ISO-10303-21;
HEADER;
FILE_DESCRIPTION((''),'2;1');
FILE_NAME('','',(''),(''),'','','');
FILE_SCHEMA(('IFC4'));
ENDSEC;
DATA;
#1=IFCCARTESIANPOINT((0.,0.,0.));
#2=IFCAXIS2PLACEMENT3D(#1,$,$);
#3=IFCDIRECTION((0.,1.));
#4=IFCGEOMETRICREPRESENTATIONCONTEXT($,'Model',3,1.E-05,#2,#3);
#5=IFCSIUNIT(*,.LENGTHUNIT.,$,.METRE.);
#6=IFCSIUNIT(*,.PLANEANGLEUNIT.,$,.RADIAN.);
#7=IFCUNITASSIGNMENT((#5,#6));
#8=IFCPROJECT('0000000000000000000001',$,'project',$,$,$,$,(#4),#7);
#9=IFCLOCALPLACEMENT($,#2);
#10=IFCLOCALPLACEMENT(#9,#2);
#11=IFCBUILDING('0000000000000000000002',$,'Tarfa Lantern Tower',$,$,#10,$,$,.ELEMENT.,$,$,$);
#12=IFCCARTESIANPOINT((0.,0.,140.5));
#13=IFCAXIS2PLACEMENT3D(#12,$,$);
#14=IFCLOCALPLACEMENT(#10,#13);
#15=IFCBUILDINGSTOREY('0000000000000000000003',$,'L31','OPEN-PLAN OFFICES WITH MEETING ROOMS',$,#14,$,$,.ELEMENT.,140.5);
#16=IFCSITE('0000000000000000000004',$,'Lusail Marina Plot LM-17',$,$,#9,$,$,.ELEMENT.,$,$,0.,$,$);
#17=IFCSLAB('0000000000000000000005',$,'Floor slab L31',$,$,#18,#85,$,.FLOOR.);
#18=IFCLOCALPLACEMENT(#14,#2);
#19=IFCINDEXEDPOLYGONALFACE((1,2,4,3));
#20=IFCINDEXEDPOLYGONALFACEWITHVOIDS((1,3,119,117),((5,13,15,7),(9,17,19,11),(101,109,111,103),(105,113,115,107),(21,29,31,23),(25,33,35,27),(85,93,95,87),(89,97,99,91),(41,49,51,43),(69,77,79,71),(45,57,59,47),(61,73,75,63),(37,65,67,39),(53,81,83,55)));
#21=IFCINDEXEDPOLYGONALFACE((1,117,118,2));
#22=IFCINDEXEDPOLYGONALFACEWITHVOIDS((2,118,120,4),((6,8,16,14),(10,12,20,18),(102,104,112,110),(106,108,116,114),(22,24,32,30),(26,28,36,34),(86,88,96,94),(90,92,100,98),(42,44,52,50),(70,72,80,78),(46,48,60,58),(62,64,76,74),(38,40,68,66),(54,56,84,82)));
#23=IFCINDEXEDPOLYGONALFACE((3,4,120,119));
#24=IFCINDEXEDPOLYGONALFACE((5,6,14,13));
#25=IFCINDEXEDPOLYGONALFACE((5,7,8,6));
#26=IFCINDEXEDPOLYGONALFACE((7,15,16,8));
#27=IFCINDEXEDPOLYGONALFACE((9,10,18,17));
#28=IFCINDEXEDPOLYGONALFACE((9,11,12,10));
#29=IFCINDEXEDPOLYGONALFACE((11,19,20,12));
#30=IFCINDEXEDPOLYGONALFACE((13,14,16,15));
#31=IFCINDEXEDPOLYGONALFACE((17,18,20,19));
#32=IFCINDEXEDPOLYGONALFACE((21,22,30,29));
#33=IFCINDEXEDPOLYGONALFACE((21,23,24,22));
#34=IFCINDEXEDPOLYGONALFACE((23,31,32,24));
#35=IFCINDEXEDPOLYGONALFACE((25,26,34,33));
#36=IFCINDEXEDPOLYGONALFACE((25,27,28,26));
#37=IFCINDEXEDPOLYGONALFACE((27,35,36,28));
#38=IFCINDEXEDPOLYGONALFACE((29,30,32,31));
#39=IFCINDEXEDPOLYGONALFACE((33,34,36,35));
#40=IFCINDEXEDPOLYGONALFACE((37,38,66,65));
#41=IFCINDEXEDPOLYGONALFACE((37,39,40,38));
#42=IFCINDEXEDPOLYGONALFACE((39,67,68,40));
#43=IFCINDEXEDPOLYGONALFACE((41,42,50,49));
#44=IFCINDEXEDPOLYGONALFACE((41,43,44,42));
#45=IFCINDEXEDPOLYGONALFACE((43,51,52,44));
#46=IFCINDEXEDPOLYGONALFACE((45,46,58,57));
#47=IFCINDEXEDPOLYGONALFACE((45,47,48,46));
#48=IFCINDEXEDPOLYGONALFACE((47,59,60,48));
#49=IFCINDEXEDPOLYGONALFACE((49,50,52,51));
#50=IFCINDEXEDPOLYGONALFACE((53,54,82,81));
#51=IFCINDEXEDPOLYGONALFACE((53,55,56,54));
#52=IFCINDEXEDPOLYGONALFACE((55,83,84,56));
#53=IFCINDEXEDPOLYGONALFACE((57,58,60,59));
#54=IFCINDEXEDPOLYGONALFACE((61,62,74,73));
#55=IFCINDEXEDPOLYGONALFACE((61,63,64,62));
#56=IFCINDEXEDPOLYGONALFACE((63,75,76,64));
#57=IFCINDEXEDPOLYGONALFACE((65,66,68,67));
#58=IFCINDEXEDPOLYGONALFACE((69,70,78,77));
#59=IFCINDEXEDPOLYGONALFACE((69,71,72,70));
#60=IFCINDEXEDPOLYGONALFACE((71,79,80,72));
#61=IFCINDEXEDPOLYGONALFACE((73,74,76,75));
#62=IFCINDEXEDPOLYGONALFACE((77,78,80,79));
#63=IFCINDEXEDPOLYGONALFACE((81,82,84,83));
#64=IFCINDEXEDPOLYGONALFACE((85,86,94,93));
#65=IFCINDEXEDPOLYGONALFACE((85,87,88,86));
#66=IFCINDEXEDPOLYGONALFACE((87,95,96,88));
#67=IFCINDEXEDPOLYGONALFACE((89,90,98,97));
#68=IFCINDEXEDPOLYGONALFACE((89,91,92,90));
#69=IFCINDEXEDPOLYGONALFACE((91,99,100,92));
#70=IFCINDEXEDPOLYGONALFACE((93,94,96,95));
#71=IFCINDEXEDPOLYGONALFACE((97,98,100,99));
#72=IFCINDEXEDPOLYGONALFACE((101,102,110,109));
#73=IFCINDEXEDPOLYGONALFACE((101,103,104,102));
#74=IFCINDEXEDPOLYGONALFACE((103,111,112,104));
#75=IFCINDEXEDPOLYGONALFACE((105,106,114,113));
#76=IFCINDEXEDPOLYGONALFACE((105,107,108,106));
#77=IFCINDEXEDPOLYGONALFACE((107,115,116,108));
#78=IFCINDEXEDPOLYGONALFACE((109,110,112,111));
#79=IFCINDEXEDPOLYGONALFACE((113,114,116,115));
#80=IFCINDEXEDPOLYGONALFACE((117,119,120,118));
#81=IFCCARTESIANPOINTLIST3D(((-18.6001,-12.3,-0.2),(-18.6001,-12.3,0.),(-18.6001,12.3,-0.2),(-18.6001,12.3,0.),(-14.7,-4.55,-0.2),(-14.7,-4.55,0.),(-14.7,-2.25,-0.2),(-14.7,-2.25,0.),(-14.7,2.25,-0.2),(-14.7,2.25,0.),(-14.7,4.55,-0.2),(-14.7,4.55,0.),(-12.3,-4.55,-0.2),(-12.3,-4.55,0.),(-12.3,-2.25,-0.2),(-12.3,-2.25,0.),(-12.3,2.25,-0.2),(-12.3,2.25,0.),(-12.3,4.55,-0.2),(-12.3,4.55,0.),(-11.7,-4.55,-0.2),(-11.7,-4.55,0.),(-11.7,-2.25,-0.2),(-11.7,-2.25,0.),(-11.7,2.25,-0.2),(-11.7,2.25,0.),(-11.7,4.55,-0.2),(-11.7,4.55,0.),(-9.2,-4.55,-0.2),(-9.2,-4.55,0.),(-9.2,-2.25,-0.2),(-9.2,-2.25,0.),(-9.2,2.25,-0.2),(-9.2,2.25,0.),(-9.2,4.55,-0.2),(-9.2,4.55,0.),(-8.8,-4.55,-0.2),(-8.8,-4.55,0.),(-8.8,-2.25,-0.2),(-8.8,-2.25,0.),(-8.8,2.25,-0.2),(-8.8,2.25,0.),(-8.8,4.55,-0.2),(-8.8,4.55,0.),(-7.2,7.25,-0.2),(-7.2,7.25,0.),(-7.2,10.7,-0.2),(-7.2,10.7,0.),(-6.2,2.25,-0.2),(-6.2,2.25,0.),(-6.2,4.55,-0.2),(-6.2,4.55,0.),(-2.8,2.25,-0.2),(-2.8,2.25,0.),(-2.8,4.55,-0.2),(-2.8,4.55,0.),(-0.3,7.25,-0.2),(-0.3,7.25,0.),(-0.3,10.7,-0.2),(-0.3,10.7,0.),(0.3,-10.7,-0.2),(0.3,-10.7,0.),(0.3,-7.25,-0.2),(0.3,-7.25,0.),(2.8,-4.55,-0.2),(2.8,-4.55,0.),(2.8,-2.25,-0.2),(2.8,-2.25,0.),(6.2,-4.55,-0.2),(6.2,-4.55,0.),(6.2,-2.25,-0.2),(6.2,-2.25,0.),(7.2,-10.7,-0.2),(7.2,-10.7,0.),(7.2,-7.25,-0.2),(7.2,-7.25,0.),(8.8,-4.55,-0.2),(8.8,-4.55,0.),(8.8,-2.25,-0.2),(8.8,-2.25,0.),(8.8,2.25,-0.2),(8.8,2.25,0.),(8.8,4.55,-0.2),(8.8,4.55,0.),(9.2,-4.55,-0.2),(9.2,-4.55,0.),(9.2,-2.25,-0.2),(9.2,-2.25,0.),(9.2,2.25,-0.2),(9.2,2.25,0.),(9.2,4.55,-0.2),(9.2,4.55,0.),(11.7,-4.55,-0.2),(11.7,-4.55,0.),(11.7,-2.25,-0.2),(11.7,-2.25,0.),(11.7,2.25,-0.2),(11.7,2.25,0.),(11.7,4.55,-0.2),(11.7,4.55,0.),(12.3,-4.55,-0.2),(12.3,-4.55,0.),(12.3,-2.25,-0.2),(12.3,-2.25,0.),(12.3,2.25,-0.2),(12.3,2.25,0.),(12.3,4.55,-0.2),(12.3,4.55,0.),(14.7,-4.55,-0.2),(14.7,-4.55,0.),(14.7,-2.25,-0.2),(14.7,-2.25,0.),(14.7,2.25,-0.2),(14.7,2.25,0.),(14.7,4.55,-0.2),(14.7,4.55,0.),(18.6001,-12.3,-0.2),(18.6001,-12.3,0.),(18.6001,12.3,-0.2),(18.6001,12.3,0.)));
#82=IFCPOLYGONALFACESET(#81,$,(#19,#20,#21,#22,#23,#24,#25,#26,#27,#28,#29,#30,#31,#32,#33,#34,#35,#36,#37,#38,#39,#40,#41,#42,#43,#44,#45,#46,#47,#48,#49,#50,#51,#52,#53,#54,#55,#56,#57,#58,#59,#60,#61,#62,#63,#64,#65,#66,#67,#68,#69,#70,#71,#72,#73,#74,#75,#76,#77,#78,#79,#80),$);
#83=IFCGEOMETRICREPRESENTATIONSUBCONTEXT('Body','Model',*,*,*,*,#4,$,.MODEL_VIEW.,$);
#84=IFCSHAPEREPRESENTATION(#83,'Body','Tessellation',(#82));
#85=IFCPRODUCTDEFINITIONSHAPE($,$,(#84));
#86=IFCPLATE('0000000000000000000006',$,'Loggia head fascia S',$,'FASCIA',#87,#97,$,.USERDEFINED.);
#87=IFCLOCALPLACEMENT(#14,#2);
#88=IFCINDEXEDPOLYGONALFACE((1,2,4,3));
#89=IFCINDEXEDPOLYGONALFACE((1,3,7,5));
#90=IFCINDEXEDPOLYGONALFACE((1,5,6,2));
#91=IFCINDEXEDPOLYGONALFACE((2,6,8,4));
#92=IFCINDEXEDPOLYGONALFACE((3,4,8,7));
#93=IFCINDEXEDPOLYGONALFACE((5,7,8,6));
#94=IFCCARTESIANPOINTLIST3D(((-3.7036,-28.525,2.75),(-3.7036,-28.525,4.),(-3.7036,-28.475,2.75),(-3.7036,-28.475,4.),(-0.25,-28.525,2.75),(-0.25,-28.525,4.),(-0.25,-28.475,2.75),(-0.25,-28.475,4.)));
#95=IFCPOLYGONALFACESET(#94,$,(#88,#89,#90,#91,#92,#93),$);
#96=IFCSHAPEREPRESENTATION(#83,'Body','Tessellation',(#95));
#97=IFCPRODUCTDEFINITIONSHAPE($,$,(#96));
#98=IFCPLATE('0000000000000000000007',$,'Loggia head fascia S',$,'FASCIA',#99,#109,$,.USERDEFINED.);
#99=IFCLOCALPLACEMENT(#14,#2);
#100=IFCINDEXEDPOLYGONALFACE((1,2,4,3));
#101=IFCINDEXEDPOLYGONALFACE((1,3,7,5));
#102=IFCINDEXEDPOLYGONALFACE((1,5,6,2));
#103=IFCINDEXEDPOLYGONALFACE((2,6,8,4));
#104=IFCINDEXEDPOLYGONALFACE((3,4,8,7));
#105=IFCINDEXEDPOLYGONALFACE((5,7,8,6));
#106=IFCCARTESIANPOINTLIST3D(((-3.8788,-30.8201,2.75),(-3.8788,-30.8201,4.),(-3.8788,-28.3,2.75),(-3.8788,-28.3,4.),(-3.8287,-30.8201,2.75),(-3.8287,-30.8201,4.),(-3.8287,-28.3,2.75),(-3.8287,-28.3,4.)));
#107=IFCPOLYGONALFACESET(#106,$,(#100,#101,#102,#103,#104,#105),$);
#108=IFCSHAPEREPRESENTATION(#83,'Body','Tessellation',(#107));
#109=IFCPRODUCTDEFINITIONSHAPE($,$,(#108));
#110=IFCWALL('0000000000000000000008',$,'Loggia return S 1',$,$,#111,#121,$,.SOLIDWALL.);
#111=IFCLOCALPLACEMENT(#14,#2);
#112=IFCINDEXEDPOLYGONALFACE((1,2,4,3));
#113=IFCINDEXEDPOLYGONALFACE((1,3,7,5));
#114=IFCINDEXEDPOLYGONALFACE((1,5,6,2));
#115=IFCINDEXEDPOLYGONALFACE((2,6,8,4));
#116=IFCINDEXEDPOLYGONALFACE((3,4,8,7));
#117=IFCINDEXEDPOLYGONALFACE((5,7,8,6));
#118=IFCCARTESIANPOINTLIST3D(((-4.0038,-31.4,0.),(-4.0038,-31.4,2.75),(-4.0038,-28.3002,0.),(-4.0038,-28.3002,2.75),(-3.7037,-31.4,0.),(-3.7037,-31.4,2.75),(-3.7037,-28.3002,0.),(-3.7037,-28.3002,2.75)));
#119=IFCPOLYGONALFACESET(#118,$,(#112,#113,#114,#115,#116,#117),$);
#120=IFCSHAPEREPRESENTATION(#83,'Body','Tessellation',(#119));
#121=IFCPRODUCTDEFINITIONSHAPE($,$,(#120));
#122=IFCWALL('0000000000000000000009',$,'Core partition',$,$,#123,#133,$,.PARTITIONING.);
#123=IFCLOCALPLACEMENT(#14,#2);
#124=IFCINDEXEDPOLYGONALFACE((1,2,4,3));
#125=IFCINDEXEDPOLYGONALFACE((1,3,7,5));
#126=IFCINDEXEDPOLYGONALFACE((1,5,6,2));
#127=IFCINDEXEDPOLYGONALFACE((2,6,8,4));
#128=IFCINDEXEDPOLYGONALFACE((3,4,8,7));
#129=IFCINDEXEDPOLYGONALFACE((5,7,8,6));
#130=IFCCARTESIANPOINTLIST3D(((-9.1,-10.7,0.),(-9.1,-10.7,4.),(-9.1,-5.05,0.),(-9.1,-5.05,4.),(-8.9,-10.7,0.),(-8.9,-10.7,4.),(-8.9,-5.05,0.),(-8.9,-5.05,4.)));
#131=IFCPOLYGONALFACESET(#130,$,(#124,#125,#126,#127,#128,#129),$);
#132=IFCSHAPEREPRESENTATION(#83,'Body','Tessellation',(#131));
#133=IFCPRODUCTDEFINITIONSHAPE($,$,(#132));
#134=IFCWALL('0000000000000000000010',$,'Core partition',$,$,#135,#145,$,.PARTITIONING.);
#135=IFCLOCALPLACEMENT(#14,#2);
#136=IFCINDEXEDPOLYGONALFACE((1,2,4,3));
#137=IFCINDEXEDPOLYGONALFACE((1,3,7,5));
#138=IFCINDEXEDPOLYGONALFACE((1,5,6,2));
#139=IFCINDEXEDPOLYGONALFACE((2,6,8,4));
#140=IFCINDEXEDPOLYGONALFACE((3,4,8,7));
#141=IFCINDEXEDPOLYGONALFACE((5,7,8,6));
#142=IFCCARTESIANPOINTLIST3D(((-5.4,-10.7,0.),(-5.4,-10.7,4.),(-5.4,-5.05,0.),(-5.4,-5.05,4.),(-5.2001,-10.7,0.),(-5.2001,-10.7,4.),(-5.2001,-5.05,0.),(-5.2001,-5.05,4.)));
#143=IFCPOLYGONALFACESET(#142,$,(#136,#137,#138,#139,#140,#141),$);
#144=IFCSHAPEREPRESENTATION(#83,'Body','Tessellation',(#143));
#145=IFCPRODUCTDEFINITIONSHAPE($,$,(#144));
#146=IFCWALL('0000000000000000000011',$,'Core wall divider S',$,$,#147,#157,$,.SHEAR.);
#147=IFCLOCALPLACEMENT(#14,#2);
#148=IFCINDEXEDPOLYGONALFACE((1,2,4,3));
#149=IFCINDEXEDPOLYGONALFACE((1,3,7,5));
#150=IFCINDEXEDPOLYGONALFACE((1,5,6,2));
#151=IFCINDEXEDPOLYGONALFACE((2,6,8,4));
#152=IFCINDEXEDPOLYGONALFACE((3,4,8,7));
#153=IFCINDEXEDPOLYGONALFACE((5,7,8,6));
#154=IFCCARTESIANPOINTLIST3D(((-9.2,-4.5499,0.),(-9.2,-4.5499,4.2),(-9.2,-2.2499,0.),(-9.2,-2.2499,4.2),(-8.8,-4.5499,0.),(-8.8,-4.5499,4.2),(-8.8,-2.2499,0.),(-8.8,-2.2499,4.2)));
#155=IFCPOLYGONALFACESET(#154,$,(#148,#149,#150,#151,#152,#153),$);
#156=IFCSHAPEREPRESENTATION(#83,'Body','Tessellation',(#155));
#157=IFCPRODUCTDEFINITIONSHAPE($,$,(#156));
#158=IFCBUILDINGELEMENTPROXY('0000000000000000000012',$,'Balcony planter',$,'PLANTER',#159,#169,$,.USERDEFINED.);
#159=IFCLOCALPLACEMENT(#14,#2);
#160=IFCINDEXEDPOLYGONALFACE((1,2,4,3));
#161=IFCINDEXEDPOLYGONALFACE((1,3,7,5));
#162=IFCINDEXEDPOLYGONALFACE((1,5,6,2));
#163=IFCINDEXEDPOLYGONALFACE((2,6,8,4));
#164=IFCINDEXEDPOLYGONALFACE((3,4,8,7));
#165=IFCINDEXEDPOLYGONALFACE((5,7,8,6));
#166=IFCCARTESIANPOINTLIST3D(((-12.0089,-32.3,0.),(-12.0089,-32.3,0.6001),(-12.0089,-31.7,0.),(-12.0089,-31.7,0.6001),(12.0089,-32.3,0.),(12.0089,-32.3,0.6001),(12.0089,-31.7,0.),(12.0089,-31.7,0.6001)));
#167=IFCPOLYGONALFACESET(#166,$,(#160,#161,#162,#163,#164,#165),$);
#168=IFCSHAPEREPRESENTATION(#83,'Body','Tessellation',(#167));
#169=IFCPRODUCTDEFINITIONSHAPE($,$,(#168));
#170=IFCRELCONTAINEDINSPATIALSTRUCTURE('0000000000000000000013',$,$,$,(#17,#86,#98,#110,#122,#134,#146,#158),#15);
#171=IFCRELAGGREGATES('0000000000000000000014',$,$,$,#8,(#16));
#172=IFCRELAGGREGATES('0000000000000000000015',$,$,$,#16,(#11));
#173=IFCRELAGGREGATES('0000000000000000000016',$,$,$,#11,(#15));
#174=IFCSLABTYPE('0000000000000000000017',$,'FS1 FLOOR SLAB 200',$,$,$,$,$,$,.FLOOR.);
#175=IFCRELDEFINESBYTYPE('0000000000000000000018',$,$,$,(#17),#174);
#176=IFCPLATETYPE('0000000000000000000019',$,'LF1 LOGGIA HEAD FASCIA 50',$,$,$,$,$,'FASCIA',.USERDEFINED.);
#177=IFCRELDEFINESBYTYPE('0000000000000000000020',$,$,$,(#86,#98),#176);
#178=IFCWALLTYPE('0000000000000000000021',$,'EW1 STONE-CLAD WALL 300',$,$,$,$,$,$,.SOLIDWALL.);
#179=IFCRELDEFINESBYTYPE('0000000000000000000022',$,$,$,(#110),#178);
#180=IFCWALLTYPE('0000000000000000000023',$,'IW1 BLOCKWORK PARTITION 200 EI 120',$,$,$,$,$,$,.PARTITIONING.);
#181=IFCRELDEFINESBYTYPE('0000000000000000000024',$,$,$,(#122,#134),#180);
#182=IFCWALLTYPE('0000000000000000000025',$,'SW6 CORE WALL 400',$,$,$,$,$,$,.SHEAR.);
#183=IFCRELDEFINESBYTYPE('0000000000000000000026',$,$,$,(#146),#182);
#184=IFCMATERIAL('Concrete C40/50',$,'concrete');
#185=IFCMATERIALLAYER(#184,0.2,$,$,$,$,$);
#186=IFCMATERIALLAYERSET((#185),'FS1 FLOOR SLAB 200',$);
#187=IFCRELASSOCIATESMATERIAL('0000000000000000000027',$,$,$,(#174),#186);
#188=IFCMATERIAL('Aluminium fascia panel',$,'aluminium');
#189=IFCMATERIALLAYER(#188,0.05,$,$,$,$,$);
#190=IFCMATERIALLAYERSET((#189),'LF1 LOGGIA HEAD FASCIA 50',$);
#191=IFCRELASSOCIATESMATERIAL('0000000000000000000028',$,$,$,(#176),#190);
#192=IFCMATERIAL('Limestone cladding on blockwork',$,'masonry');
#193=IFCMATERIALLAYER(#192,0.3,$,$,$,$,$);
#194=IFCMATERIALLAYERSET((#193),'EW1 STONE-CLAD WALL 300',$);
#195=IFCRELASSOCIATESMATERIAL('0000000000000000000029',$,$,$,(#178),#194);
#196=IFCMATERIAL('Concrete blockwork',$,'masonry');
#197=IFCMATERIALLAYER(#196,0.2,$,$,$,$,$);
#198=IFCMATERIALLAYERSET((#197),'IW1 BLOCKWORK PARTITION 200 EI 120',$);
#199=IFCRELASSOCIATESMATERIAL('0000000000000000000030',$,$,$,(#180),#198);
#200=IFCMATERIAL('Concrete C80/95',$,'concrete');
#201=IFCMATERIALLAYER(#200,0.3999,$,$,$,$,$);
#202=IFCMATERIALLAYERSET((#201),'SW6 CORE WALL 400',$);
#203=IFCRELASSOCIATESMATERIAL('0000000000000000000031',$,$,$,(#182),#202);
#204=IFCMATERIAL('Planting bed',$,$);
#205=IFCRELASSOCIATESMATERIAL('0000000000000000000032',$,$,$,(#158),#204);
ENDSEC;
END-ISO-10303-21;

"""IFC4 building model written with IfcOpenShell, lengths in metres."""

from ifc_helpers import new_model, si_unit, direction, frame, frame_2d, origin, origin_2d, place, context, subcontext, project, spatial, polyline, rectangle, outline, extrude, material, layer, layer_set, type_object, element, save


model = new_model("IFC4")

# Units and contexts
model_context = context("Model", 3, precision=1e-05, world=origin(), true_north=direction((0.0, 1.0)))
body_context = subcontext(model_context, "Body", "Model", "MODEL_VIEW")
ifc_project = project(units=[si_unit("LENGTHUNIT", "METRE"), si_unit("PLANEANGLEUNIT", "RADIAN")], contexts=[model_context])

# Site, building, storey
site_placement = place(None, origin())
site = spatial("IfcSite", under=ifc_project, at=site_placement, Name="Lusail Marina Plot LM-17", CompositionType="ELEMENT", RefElevation=0.0)
building_placement = place(site_placement, origin())
building = spatial("IfcBuilding", under=site, at=building_placement, Name="Tarfa Lantern Tower", CompositionType="ELEMENT")
storey_placement = place(building_placement, frame((0.0, 0.0, 140.5)))
storey = spatial("IfcBuildingStorey", under=building, at=storey_placement, Name="L31", Description="OPEN-PLAN OFFICES WITH MEETING ROOMS", CompositionType="ELEMENT", Elevation=140.5)

# Shared definitions
ifc_material_1 = material(Name="Concrete C80/95", Category="concrete")

# Slab
ifc_material_2 = material(Name="Concrete C40/50", Category="concrete")
ifc_layer_1 = layer(ifc_material_2, 0.2)
ifc_layer_set_1 = layer_set([ifc_layer_1], Name="FS1 FLOOR SLAB 200")
slab_type = type_object("IfcSlabType", Name="FS1 FLOOR SLAB 200", PredefinedType="FLOOR", material=ifc_layer_set_1)
slab_placement = place(storey_placement, frame((0.0, 0.0, -0.2)))
element("IfcSlab", 1, at=slab_placement, inside=storey, type_object=slab_type, Name="Floor slab L31", PredefinedType="FLOOR", context=body_context, shape_type="SweptSolid", body=[
    extrude(outline(polyline([(-18.6001, -12.3), (18.6001, -12.3), (18.6001, 12.3), (-18.6001, 12.3), (-18.6001, -12.3)]), holes=[polyline([(-14.7, 2.25), (-12.3, 2.25), (-12.3, 4.55), (-14.7, 4.55), (-14.7, 2.25)]), polyline([(-11.7, 2.25), (-9.2, 2.25), (-9.2, 4.55), (-11.7, 4.55), (-11.7, 2.25)]), polyline([(-8.8, 2.25), (-6.2, 2.25), (-6.2, 4.55), (-8.8, 4.55), (-8.8, 2.25)]), polyline([(-2.8, 2.25), (8.8, 2.25), (8.8, 4.55), (-2.8, 4.55), (-2.8, 2.25)]), polyline([(9.2, 2.25), (11.7, 2.25), (11.7, 4.55), (9.2, 4.55), (9.2, 2.25)]), polyline([(12.3, 2.25), (14.7, 2.25), (14.7, 4.55), (12.3, 4.55), (12.3, 2.25)]), polyline([(14.7, -2.25), (12.3, -2.25), (12.3, -4.55), (14.7, -4.55), (14.7, -2.25)]), polyline([(11.7, -2.25), (9.2, -2.25), (9.2, -4.55), (11.7, -4.55), (11.7, -2.25)]), polyline([(8.8, -2.25), (6.2, -2.25), (6.2, -4.55), (8.8, -4.55), (8.8, -2.25)]), polyline([(2.8, -2.25), (-8.8, -2.25), (-8.8, -4.55), (2.8, -4.55), (2.8, -2.25)]), polyline([(-9.2, -2.25), (-11.7, -2.25), (-11.7, -4.55), (-9.2, -4.55), (-9.2, -2.25)]), polyline([(-12.3, -2.25), (-14.7, -2.25), (-14.7, -4.55), (-12.3, -4.55), (-12.3, -2.25)]), polyline([(-7.2, 7.25), (-0.3, 7.25), (-0.3, 10.7), (-7.2, 10.7), (-7.2, 7.25)]), polyline([(7.2, -7.25), (0.3, -7.25), (0.3, -10.7), (7.2, -10.7), (7.2, -7.25)])]), origin(), (0.0, 0.0, 1.0), 0.2),
])

# Plates
ifc_material_3 = material(Name="Aluminium fascia panel", Category="aluminium")
ifc_layer_2 = layer(ifc_material_3, 0.05)
ifc_layer_set_2 = layer_set([ifc_layer_2], Name="LF1 LOGGIA HEAD FASCIA 50")
plate_type_1 = type_object("IfcPlateType", Name="LF1 LOGGIA HEAD FASCIA 50", ElementType="FASCIA", PredefinedType="USERDEFINED", material=ifc_layer_set_2)
plate_1_placement = place(storey_placement, frame((-1.9768, -28.5, 2.75), z_axis=(0.0, 0.0, 1.0), x_axis=(1.0, 0.0, 0.0)))
element("IfcPlate", 2, at=plate_1_placement, inside=storey, type_object=plate_type_1, Name="Loggia head fascia S", ObjectType="FASCIA", PredefinedType="USERDEFINED", context=body_context, shape_type="SweptSolid", body=[
    extrude(rectangle(XDim=3.4536, YDim=0.05, at=origin_2d()), origin(), (0.0, 0.0, 1.0), 1.25),
])
plate_2_placement = place(storey_placement, frame((-3.8538, -29.5601, 2.75), z_axis=(0.0, 0.0, 1.0), x_axis=(0.0, 1.0, 0.0)))
element("IfcPlate", 3, at=plate_2_placement, inside=storey, type_object=plate_type_1, Name="Loggia head fascia S", ObjectType="FASCIA", PredefinedType="USERDEFINED", context=body_context, shape_type="SweptSolid", body=[
    extrude(rectangle(XDim=2.52, YDim=0.05, at=origin_2d()), origin(), (0.0, 0.0, 1.0), 1.25),
])

# Walls
ifc_material_4 = material(Name="Limestone cladding on blockwork", Category="masonry")
ifc_layer_3 = layer(ifc_material_4, 0.3)
ifc_layer_set_3 = layer_set([ifc_layer_3], Name="EW1 STONE-CLAD WALL 300")
wall_type_1 = type_object("IfcWallType", Name="EW1 STONE-CLAD WALL 300", PredefinedType="SOLIDWALL", material=ifc_layer_set_3)
wall_1_placement = place(storey_placement, frame((-3.8538, -31.3999, 0.0), z_axis=(0.0, 0.0, 1.0), x_axis=(0.0, 1.0, 0.0)))
element("IfcWall", 4, at=wall_1_placement, inside=storey, type_object=wall_type_1, Name="Loggia return S 1", PredefinedType="SOLIDWALL", context=body_context, shape_type="SweptSolid", body=[
    extrude(rectangle(XDim=3.0999, YDim=0.3, at=frame_2d((1.5498, 0.0))), origin(), (0.0, 0.0, 1.0), 2.75),
])
ifc_material_5 = material(Name="Concrete blockwork", Category="masonry")
ifc_layer_4 = layer(ifc_material_5, 0.2)
ifc_layer_set_4 = layer_set([ifc_layer_4], Name="IW1 BLOCKWORK PARTITION 200 EI 120")
wall_type_2 = type_object("IfcWallType", Name="IW1 BLOCKWORK PARTITION 200 EI 120", PredefinedType="PARTITIONING", material=ifc_layer_set_4)
for number, where, z_axis, x_axis, name in (
    (5, (-9.0, -5.05, 0.0), (0.0, 0.0, 1.0), (0.0, -1.0, 0.0), "Core partition"),
    (6, (-5.3, -5.05, 0.0), (0.0, 0.0, 1.0), (0.0, -1.0, 0.0), "Core partition"),
):
    element("IfcWall", number, at=place(storey_placement, frame(where, z_axis=z_axis, x_axis=x_axis)), inside=storey, type_object=wall_type_2, Name=name, PredefinedType="PARTITIONING", context=body_context, shape_type="SweptSolid", body=[
        extrude(rectangle(XDim=5.6499, YDim=0.2, at=frame_2d((2.825, 0.0))), origin(), (0.0, 0.0, 1.0), 4.0),
    ])
ifc_layer_5 = layer(ifc_material_1, 0.3999)
ifc_layer_set_5 = layer_set([ifc_layer_5], Name="SW6 CORE WALL 400")
wall_type_3 = type_object("IfcWallType", Name="SW6 CORE WALL 400", PredefinedType="SHEAR", material=ifc_layer_set_5)
wall_2_placement = place(storey_placement, frame((-9.0, -2.25, 0.0), z_axis=(0.0, 0.0, 1.0), x_axis=(0.0, -1.0, 0.0)))
element("IfcWall", 7, at=wall_2_placement, inside=storey, type_object=wall_type_3, Name="Core wall divider S", PredefinedType="SHEAR", context=body_context, shape_type="SweptSolid", body=[
    extrude(rectangle(XDim=2.3, YDim=0.3999, at=frame_2d((1.1499, 0.0))), origin(), (0.0, 0.0, 1.0), 4.2),
])

# Building element proxy
ifc_material_6 = material(Name="Planting bed")
proxy_placement = place(storey_placement, frame((0.0, -32.0, 0.0), z_axis=(0.0, 0.0, 1.0), x_axis=(1.0, 0.0, 0.0)))
element("IfcBuildingElementProxy", 8, at=proxy_placement, inside=storey, material=ifc_material_6, Name="Balcony planter", ObjectType="PLANTER", PredefinedType="USERDEFINED", context=body_context, shape_type="SweptSolid", body=[
    extrude(rectangle(XDim=24.0178, YDim=0.6001, at=origin_2d()), origin(), (0.0, 0.0, 1.0), 0.6001),
])

save(model, "model.ifc")
